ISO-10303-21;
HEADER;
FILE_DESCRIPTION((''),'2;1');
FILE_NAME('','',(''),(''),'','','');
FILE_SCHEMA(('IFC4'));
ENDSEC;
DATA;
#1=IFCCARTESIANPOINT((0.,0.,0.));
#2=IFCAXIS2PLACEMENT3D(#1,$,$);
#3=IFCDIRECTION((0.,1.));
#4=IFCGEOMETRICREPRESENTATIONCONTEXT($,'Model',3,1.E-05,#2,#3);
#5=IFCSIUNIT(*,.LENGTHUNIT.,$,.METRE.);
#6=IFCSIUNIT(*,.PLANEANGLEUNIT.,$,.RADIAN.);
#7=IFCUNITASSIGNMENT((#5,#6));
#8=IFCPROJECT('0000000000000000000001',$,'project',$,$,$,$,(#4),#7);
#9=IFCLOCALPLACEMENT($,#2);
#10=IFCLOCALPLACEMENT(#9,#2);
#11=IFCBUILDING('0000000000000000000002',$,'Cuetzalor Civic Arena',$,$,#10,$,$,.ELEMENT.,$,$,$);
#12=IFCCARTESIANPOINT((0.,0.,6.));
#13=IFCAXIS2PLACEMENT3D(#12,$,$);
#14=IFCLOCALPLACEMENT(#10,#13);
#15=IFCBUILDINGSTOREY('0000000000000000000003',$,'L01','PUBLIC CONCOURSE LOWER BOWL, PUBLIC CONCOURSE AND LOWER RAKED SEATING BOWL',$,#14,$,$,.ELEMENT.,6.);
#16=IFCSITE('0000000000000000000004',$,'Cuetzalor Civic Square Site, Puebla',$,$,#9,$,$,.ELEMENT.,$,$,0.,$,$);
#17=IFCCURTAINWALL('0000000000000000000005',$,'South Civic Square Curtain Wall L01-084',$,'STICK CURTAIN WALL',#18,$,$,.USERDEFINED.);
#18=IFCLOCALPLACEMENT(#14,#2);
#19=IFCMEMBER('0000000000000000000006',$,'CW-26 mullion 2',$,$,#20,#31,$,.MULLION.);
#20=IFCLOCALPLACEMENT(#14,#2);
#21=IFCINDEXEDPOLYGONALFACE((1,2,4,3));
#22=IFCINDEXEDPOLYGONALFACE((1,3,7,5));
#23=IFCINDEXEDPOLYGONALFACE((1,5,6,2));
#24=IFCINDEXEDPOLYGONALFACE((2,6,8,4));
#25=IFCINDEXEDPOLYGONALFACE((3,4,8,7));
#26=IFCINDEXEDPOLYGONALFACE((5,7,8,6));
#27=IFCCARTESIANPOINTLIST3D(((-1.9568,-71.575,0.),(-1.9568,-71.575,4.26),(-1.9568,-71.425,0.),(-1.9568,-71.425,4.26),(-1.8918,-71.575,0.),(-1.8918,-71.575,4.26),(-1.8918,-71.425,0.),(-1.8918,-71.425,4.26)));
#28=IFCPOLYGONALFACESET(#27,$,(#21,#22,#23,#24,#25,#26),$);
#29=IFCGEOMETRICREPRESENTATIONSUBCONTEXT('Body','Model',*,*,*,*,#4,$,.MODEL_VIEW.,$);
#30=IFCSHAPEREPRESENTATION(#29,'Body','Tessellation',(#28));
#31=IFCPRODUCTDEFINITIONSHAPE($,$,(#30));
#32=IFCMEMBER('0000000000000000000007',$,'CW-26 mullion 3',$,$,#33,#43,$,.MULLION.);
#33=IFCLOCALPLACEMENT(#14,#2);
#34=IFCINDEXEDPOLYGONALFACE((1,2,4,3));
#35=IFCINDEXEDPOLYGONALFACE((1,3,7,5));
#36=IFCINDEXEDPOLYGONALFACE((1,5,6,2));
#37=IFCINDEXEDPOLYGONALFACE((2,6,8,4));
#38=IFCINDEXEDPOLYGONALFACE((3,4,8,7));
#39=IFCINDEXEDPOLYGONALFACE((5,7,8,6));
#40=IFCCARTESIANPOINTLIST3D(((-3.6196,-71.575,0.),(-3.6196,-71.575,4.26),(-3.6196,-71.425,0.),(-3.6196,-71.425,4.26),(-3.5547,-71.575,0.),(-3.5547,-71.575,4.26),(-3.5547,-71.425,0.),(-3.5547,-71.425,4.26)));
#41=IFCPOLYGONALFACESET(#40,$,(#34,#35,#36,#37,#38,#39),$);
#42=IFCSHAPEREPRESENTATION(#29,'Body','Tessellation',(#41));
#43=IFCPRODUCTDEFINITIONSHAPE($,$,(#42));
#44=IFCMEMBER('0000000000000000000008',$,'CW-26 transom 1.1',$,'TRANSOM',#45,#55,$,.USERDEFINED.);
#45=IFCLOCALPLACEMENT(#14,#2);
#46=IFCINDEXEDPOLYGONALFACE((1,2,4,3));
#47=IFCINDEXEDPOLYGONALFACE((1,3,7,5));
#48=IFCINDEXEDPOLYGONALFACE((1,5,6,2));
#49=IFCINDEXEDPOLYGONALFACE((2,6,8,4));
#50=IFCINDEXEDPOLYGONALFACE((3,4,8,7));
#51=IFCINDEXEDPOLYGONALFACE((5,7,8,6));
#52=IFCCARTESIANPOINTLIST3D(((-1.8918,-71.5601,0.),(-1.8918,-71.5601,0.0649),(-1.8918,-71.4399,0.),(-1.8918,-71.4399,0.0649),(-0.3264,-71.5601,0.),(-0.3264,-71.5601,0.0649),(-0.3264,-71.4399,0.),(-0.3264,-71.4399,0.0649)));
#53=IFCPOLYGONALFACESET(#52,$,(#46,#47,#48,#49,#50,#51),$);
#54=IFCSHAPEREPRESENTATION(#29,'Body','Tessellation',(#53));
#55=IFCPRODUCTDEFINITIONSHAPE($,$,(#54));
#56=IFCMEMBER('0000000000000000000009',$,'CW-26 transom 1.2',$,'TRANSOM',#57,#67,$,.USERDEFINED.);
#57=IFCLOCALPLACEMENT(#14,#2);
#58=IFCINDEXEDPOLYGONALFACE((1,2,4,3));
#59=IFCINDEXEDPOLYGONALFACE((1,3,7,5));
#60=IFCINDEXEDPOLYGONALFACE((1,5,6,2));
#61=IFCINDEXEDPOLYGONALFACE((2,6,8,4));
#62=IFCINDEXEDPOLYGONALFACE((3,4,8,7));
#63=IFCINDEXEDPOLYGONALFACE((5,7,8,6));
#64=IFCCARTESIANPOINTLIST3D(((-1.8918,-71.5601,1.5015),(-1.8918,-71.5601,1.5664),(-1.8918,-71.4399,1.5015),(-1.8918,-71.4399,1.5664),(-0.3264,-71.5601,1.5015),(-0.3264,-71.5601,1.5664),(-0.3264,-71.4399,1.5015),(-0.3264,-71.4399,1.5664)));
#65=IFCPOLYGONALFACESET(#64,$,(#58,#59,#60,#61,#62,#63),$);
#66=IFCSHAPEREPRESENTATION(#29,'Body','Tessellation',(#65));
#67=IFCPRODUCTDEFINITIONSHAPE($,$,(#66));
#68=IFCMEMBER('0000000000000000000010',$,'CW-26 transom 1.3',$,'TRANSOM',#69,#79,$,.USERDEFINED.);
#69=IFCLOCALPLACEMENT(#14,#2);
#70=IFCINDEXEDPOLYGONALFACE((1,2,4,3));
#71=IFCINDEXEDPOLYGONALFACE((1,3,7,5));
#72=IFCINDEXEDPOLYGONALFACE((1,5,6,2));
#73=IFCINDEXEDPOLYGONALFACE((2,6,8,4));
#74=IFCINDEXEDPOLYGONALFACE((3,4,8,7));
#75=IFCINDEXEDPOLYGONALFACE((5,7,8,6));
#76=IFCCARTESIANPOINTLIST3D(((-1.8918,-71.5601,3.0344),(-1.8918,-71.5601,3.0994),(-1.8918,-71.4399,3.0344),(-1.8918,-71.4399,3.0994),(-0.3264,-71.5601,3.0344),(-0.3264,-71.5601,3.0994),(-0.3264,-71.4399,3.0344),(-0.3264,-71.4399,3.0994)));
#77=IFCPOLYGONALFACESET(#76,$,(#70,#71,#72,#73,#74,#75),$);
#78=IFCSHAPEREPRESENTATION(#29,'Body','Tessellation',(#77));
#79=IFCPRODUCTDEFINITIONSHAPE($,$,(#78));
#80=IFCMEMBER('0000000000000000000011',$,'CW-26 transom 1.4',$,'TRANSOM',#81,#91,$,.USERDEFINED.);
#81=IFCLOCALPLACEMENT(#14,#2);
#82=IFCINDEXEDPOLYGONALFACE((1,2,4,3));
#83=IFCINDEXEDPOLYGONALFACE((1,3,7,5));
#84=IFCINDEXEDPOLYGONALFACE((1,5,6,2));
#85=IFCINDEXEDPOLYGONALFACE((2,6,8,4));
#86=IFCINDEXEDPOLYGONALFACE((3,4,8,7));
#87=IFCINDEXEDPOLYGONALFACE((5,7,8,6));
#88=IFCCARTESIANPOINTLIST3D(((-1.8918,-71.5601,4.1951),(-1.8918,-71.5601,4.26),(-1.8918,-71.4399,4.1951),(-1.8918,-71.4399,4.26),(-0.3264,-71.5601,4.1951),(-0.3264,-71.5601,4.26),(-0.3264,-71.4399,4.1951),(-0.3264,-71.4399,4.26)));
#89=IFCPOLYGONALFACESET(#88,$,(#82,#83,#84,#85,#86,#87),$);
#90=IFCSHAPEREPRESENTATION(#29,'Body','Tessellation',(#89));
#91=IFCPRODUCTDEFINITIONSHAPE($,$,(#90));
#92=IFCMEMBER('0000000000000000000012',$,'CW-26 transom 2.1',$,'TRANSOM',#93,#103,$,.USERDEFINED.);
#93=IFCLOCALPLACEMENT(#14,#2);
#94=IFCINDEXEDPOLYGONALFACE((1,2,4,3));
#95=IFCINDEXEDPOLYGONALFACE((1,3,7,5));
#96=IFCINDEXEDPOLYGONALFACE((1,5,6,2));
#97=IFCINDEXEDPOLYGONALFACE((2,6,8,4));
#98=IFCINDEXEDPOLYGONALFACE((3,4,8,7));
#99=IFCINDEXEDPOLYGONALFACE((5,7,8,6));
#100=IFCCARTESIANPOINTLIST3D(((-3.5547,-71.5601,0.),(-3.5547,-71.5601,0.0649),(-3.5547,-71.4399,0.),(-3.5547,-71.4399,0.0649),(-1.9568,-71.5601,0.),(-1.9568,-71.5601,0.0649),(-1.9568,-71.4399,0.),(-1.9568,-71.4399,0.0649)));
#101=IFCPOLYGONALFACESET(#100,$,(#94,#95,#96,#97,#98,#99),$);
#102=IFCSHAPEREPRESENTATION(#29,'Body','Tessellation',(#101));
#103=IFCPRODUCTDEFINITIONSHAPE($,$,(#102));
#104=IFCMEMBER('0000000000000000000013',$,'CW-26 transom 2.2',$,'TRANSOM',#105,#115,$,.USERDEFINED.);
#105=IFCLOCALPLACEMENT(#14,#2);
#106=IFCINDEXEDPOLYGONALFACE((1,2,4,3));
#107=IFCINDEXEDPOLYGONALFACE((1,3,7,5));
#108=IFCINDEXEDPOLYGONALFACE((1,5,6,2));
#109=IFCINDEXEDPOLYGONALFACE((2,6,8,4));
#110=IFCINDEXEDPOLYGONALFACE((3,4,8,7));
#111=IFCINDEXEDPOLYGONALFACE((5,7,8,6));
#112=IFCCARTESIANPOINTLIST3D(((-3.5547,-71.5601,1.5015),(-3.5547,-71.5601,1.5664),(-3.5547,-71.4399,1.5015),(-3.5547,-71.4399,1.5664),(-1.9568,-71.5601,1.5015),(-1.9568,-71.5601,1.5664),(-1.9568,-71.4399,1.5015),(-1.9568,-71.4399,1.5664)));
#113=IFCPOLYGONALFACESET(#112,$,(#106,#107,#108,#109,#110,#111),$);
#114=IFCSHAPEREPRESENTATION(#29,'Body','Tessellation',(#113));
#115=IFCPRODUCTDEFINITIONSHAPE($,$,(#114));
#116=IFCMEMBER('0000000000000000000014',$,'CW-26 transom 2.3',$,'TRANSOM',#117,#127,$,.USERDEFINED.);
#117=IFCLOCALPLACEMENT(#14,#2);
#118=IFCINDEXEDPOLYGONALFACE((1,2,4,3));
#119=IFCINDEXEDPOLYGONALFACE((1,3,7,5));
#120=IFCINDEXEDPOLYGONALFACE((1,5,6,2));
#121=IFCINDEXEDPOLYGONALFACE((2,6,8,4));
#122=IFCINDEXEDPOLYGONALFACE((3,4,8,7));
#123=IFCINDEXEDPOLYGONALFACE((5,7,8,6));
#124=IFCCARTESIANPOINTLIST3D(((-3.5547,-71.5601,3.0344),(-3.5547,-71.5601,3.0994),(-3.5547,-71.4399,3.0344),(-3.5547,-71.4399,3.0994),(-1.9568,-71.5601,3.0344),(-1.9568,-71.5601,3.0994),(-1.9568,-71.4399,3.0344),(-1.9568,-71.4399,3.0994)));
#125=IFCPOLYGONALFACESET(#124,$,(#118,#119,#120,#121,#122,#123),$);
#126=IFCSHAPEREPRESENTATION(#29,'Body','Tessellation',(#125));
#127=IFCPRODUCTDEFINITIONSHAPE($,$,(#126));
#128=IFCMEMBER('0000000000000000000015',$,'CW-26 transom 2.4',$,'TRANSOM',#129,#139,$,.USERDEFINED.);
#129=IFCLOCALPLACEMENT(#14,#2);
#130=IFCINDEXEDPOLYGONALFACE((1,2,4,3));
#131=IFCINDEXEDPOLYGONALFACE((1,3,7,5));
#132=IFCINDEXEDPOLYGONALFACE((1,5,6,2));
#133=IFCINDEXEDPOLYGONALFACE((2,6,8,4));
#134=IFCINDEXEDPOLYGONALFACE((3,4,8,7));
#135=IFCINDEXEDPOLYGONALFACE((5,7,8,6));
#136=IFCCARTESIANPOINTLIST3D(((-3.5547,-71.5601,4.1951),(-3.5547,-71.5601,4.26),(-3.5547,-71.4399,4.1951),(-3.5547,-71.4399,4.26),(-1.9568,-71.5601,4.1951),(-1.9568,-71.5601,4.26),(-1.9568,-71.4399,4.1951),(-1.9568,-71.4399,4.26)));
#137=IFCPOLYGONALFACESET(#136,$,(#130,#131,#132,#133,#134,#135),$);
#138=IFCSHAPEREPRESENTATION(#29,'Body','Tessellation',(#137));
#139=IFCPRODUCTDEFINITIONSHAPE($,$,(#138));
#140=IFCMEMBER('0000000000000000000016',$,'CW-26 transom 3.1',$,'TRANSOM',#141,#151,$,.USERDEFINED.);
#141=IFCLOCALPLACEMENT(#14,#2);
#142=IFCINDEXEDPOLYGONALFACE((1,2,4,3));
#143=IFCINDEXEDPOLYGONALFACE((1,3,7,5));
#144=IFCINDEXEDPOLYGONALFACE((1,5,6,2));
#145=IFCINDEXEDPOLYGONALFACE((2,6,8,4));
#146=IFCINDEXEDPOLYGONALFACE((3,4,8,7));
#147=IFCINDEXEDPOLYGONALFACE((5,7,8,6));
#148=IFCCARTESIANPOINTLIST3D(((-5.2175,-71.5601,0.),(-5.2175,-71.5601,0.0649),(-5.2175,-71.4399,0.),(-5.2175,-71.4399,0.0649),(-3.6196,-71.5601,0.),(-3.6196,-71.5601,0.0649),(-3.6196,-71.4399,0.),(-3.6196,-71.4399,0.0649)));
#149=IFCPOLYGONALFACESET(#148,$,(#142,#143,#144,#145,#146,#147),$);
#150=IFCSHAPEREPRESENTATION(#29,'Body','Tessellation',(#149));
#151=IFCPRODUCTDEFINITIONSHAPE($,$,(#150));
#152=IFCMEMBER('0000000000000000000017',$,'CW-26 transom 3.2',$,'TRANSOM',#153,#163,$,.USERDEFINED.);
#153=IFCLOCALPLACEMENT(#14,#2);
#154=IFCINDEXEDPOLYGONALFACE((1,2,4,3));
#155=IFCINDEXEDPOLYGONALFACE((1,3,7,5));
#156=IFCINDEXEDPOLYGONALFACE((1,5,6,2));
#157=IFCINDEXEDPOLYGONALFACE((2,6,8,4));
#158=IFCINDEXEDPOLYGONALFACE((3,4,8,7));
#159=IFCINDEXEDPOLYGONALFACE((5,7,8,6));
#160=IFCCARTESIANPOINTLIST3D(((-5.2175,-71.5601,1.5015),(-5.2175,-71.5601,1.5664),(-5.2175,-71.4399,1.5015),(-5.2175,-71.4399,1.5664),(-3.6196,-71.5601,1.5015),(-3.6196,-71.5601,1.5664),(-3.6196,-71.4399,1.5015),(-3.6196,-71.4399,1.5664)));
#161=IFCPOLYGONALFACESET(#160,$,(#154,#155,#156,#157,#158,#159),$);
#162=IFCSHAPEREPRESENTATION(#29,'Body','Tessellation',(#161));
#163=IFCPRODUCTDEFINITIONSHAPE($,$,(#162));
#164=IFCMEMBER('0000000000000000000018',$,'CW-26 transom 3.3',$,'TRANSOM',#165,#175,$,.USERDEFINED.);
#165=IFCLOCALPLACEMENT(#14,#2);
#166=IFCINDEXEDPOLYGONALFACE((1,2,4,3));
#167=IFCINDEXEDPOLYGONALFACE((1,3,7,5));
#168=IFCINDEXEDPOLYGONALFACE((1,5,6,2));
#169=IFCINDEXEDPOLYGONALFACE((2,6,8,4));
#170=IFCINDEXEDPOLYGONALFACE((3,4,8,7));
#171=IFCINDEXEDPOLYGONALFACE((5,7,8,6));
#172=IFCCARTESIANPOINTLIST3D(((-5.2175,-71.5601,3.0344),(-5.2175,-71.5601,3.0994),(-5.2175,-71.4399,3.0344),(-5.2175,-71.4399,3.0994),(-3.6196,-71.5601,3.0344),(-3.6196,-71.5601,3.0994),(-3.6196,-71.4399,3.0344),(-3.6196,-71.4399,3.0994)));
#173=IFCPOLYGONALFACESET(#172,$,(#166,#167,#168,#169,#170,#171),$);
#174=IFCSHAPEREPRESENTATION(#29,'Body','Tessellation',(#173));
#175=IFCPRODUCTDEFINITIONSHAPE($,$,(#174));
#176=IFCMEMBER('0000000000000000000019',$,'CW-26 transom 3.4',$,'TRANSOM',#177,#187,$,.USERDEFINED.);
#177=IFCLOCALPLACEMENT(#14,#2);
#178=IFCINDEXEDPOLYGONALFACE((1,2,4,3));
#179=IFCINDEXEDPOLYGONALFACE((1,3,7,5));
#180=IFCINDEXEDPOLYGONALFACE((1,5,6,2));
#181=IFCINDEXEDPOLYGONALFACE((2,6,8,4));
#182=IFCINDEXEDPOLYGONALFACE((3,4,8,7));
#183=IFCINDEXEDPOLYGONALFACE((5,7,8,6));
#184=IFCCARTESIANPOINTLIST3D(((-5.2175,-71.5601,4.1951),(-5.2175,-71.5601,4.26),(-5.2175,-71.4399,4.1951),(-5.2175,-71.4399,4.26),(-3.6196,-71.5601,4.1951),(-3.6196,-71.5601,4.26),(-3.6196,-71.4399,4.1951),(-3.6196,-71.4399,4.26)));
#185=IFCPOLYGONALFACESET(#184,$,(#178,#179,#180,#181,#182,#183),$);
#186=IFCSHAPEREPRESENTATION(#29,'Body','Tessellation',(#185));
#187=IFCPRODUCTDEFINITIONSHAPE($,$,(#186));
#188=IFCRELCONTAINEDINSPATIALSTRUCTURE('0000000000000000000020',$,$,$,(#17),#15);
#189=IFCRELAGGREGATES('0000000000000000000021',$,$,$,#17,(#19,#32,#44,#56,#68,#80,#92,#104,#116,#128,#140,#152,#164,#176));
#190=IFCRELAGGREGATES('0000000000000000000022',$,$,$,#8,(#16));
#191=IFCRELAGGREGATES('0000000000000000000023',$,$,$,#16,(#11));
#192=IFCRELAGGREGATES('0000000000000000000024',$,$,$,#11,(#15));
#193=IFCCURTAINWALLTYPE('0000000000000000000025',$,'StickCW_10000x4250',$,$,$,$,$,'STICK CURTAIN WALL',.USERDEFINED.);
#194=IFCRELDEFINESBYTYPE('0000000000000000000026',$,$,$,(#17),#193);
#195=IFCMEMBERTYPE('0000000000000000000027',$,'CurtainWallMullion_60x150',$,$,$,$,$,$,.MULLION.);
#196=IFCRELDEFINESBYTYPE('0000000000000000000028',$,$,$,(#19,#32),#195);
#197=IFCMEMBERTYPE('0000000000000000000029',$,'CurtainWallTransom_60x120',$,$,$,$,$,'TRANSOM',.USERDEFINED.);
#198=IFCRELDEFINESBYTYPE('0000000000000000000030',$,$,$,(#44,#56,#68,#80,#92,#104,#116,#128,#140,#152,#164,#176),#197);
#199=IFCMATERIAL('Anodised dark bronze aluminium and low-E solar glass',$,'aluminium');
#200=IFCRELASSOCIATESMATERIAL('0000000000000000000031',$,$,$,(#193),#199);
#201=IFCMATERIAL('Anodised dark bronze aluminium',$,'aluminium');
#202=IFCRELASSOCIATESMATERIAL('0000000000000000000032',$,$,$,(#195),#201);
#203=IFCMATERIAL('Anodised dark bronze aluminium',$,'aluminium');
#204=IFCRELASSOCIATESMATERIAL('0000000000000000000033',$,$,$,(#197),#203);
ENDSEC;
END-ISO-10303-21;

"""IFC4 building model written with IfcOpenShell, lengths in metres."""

from ifc_helpers import new_model, si_unit, direction, frame, origin, origin_2d, place, context, subcontext, project, spatial, rectangle, extrude, material, material_profile, profile_set, type_object, element, aggregate, save


model = new_model("IFC4")

# Units and contexts
model_context = context("Model", 3, precision=1e-05, world=origin(), true_north=direction((0.0, 1.0)))
body_context = subcontext(model_context, "Body", "Model", "MODEL_VIEW")
ifc_project = project(units=[si_unit("LENGTHUNIT", "METRE"), si_unit("PLANEANGLEUNIT", "RADIAN")], contexts=[model_context])

# Site, building, storey
site_placement = place(None, origin())
site = spatial("IfcSite", under=ifc_project, at=site_placement, Name="Cuetzalor Civic Square Site, Puebla", CompositionType="ELEMENT", RefElevation=0.0)
building_placement = place(site_placement, origin())
building = spatial("IfcBuilding", under=site, at=building_placement, Name="Cuetzalor Civic Arena", CompositionType="ELEMENT")
storey_placement = place(building_placement, frame((0.0, 0.0, 6.0)))
storey = spatial("IfcBuildingStorey", under=building, at=storey_placement, Name="L01", Description="PUBLIC CONCOURSE LOWER BOWL, PUBLIC CONCOURSE AND LOWER RAKED SEATING BOWL", CompositionType="ELEMENT", Elevation=6.0)

# Curtain wall, members
ifc_material_1 = material(Name="Anodised dark bronze aluminium and low-E solar glass", Category="aluminium")
curtain_wall_type = type_object("IfcCurtainWallType", Name="StickCW_10000x4250", ElementType="STICK CURTAIN WALL", PredefinedType="USERDEFINED", material=ifc_material_1)
curtain_wall_placement = place(storey_placement, origin())
curtain_wall = element("IfcCurtainWall", 1, at=curtain_wall_placement, inside=storey, type_object=curtain_wall_type, Name="South Civic Square Curtain Wall L01-084", ObjectType="STICK CURTAIN WALL", PredefinedType="USERDEFINED")
ifc_material_2 = material(Name="Anodised dark bronze aluminium", Category="aluminium")
ifc_material_profile_1 = material_profile(ifc_material_2, rectangle(XDim=0.0649, YDim=0.1499, at=origin_2d()), Name="ALU MULLION 65x150")
ifc_profile_set_1 = profile_set([ifc_material_profile_1], Name="Anodised dark bronze aluminium")
member_type_1 = type_object("IfcMemberType", Name="CurtainWallMullion_60x150", PredefinedType="MULLION", material=ifc_profile_set_1)
member_1_placement = place(storey_placement, frame((-1.9243, -71.5, 0.0), z_axis=(0.0, 0.0, 1.0), x_axis=(-1.0, 0.0, 0.0)))
member_1 = element("IfcMember", 2, at=member_1_placement, type_object=member_type_1, Name="CW-26 mullion 2", PredefinedType="MULLION", context=body_context, shape_type="SweptSolid", body=[
    extrude(rectangle(XDim=0.0649, YDim=0.1499, at=origin_2d()), origin(), (0.0, 0.0, 1.0), 4.26),
])
member_2_placement = place(storey_placement, frame((-3.5872, -71.5, 0.0), z_axis=(0.0, 0.0, 1.0), x_axis=(-1.0, 0.0, 0.0)))
member_2 = element("IfcMember", 3, at=member_2_placement, type_object=member_type_1, Name="CW-26 mullion 3", PredefinedType="MULLION", context=body_context, shape_type="SweptSolid", body=[
    extrude(rectangle(XDim=0.0649, YDim=0.1499, at=origin_2d()), origin(), (0.0, 0.0, 1.0), 4.26),
])
ifc_material_3 = material(Name="Anodised dark bronze aluminium", Category="aluminium")
ifc_material_profile_2 = material_profile(ifc_material_3, rectangle(XDim=0.1201, YDim=0.0649, at=origin_2d()), Name="ALU TRANSOM 65x120")
ifc_profile_set_2 = profile_set([ifc_material_profile_2], Name="Anodised dark bronze aluminium")
member_type_2 = type_object("IfcMemberType", Name="CurtainWallTransom_60x120", ElementType="TRANSOM", PredefinedType="USERDEFINED", material=ifc_profile_set_2)
member_3_placement = place(storey_placement, frame((-0.3264, -71.5, 0.0325), z_axis=(-1.0, 0.0, 0.0), x_axis=(0.0, -1.0, 0.0)))
member_3 = element("IfcMember", 4, at=member_3_placement, type_object=member_type_2, Name="CW-26 transom 1.1", ObjectType="TRANSOM", PredefinedType="USERDEFINED", context=body_context, shape_type="SweptSolid", body=[
    extrude(rectangle(XDim=0.1201, YDim=0.0649, at=origin_2d()), origin(), (0.0, 0.0, 1.0), 1.5654),
])
member_4_placement = place(storey_placement, frame((-0.3264, -71.5, 1.5339), z_axis=(-1.0, 0.0, 0.0), x_axis=(0.0, -1.0, 0.0)))
member_4 = element("IfcMember", 5, at=member_4_placement, type_object=member_type_2, Name="CW-26 transom 1.2", ObjectType="TRANSOM", PredefinedType="USERDEFINED", context=body_context, shape_type="SweptSolid", body=[
    extrude(rectangle(XDim=0.1201, YDim=0.0649, at=origin_2d()), origin(), (0.0, 0.0, 1.0), 1.5654),
])
member_5_placement = place(storey_placement, frame((-0.3264, -71.5, 3.0669), z_axis=(-1.0, 0.0, 0.0), x_axis=(0.0, -1.0, 0.0)))
member_5 = element("IfcMember", 6, at=member_5_placement, type_object=member_type_2, Name="CW-26 transom 1.3", ObjectType="TRANSOM", PredefinedType="USERDEFINED", context=body_context, shape_type="SweptSolid", body=[
    extrude(rectangle(XDim=0.1201, YDim=0.0649, at=origin_2d()), origin(), (0.0, 0.0, 1.0), 1.5654),
])
member_6_placement = place(storey_placement, frame((-0.3264, -71.5, 4.2275), z_axis=(-1.0, 0.0, 0.0), x_axis=(0.0, -1.0, 0.0)))
member_6 = element("IfcMember", 7, at=member_6_placement, type_object=member_type_2, Name="CW-26 transom 1.4", ObjectType="TRANSOM", PredefinedType="USERDEFINED", context=body_context, shape_type="SweptSolid", body=[
    extrude(rectangle(XDim=0.1201, YDim=0.0649, at=origin_2d()), origin(), (0.0, 0.0, 1.0), 1.5654),
])
member_7_placement = place(storey_placement, frame((-1.9568, -71.5, 0.0325), z_axis=(-1.0, 0.0, 0.0), x_axis=(0.0, -1.0, 0.0)))
member_7 = element("IfcMember", 8, at=member_7_placement, type_object=member_type_2, Name="CW-26 transom 2.1", ObjectType="TRANSOM", PredefinedType="USERDEFINED", context=body_context, shape_type="SweptSolid", body=[
    extrude(rectangle(XDim=0.1201, YDim=0.0649, at=origin_2d()), origin(), (0.0, 0.0, 1.0), 1.5979),
])
member_8_placement = place(storey_placement, frame((-1.9568, -71.5, 1.5339), z_axis=(-1.0, 0.0, 0.0), x_axis=(0.0, -1.0, 0.0)))
member_8 = element("IfcMember", 9, at=member_8_placement, type_object=member_type_2, Name="CW-26 transom 2.2", ObjectType="TRANSOM", PredefinedType="USERDEFINED", context=body_context, shape_type="SweptSolid", body=[
    extrude(rectangle(XDim=0.1201, YDim=0.0649, at=origin_2d()), origin(), (0.0, 0.0, 1.0), 1.5979),
])
member_9_placement = place(storey_placement, frame((-1.9568, -71.5, 3.0669), z_axis=(-1.0, 0.0, 0.0), x_axis=(0.0, -1.0, 0.0)))
member_9 = element("IfcMember", 10, at=member_9_placement, type_object=member_type_2, Name="CW-26 transom 2.3", ObjectType="TRANSOM", PredefinedType="USERDEFINED", context=body_context, shape_type="SweptSolid", body=[
    extrude(rectangle(XDim=0.1201, YDim=0.0649, at=origin_2d()), origin(), (0.0, 0.0, 1.0), 1.5979),
])
member_10_placement = place(storey_placement, frame((-1.9568, -71.5, 4.2275), z_axis=(-1.0, 0.0, 0.0), x_axis=(0.0, -1.0, 0.0)))
member_10 = element("IfcMember", 11, at=member_10_placement, type_object=member_type_2, Name="CW-26 transom 2.4", ObjectType="TRANSOM", PredefinedType="USERDEFINED", context=body_context, shape_type="SweptSolid", body=[
    extrude(rectangle(XDim=0.1201, YDim=0.0649, at=origin_2d()), origin(), (0.0, 0.0, 1.0), 1.5979),
])
member_11_placement = place(storey_placement, frame((-3.6196, -71.5, 0.0325), z_axis=(-1.0, 0.0, 0.0), x_axis=(0.0, -1.0, 0.0)))
member_11 = element("IfcMember", 12, at=member_11_placement, type_object=member_type_2, Name="CW-26 transom 3.1", ObjectType="TRANSOM", PredefinedType="USERDEFINED", context=body_context, shape_type="SweptSolid", body=[
    extrude(rectangle(XDim=0.1201, YDim=0.0649, at=origin_2d()), origin(), (0.0, 0.0, 1.0), 1.5979),
])
member_12_placement = place(storey_placement, frame((-3.6196, -71.5, 1.5339), z_axis=(-1.0, 0.0, 0.0), x_axis=(0.0, -1.0, 0.0)))
member_12 = element("IfcMember", 13, at=member_12_placement, type_object=member_type_2, Name="CW-26 transom 3.2", ObjectType="TRANSOM", PredefinedType="USERDEFINED", context=body_context, shape_type="SweptSolid", body=[
    extrude(rectangle(XDim=0.1201, YDim=0.0649, at=origin_2d()), origin(), (0.0, 0.0, 1.0), 1.5979),
])
member_13_placement = place(storey_placement, frame((-3.6196, -71.5, 3.0669), z_axis=(-1.0, 0.0, 0.0), x_axis=(0.0, -1.0, 0.0)))
member_13 = element("IfcMember", 14, at=member_13_placement, type_object=member_type_2, Name="CW-26 transom 3.3", ObjectType="TRANSOM", PredefinedType="USERDEFINED", context=body_context, shape_type="SweptSolid", body=[
    extrude(rectangle(XDim=0.1201, YDim=0.0649, at=origin_2d()), origin(), (0.0, 0.0, 1.0), 1.5979),
])
member_14_placement = place(storey_placement, frame((-3.6196, -71.5, 4.2275), z_axis=(-1.0, 0.0, 0.0), x_axis=(0.0, -1.0, 0.0)))
member_14 = element("IfcMember", 15, at=member_14_placement, type_object=member_type_2, Name="CW-26 transom 3.4", ObjectType="TRANSOM", PredefinedType="USERDEFINED", context=body_context, shape_type="SweptSolid", body=[
    extrude(rectangle(XDim=0.1201, YDim=0.0649, at=origin_2d()), origin(), (0.0, 0.0, 1.0), 1.5979),
])
aggregate(curtain_wall, [member_1, member_2, member_3, member_4, member_5, member_6, member_7, member_8, member_9, member_10, member_11, member_12, member_13, member_14])

save(model, "model.ifc")
